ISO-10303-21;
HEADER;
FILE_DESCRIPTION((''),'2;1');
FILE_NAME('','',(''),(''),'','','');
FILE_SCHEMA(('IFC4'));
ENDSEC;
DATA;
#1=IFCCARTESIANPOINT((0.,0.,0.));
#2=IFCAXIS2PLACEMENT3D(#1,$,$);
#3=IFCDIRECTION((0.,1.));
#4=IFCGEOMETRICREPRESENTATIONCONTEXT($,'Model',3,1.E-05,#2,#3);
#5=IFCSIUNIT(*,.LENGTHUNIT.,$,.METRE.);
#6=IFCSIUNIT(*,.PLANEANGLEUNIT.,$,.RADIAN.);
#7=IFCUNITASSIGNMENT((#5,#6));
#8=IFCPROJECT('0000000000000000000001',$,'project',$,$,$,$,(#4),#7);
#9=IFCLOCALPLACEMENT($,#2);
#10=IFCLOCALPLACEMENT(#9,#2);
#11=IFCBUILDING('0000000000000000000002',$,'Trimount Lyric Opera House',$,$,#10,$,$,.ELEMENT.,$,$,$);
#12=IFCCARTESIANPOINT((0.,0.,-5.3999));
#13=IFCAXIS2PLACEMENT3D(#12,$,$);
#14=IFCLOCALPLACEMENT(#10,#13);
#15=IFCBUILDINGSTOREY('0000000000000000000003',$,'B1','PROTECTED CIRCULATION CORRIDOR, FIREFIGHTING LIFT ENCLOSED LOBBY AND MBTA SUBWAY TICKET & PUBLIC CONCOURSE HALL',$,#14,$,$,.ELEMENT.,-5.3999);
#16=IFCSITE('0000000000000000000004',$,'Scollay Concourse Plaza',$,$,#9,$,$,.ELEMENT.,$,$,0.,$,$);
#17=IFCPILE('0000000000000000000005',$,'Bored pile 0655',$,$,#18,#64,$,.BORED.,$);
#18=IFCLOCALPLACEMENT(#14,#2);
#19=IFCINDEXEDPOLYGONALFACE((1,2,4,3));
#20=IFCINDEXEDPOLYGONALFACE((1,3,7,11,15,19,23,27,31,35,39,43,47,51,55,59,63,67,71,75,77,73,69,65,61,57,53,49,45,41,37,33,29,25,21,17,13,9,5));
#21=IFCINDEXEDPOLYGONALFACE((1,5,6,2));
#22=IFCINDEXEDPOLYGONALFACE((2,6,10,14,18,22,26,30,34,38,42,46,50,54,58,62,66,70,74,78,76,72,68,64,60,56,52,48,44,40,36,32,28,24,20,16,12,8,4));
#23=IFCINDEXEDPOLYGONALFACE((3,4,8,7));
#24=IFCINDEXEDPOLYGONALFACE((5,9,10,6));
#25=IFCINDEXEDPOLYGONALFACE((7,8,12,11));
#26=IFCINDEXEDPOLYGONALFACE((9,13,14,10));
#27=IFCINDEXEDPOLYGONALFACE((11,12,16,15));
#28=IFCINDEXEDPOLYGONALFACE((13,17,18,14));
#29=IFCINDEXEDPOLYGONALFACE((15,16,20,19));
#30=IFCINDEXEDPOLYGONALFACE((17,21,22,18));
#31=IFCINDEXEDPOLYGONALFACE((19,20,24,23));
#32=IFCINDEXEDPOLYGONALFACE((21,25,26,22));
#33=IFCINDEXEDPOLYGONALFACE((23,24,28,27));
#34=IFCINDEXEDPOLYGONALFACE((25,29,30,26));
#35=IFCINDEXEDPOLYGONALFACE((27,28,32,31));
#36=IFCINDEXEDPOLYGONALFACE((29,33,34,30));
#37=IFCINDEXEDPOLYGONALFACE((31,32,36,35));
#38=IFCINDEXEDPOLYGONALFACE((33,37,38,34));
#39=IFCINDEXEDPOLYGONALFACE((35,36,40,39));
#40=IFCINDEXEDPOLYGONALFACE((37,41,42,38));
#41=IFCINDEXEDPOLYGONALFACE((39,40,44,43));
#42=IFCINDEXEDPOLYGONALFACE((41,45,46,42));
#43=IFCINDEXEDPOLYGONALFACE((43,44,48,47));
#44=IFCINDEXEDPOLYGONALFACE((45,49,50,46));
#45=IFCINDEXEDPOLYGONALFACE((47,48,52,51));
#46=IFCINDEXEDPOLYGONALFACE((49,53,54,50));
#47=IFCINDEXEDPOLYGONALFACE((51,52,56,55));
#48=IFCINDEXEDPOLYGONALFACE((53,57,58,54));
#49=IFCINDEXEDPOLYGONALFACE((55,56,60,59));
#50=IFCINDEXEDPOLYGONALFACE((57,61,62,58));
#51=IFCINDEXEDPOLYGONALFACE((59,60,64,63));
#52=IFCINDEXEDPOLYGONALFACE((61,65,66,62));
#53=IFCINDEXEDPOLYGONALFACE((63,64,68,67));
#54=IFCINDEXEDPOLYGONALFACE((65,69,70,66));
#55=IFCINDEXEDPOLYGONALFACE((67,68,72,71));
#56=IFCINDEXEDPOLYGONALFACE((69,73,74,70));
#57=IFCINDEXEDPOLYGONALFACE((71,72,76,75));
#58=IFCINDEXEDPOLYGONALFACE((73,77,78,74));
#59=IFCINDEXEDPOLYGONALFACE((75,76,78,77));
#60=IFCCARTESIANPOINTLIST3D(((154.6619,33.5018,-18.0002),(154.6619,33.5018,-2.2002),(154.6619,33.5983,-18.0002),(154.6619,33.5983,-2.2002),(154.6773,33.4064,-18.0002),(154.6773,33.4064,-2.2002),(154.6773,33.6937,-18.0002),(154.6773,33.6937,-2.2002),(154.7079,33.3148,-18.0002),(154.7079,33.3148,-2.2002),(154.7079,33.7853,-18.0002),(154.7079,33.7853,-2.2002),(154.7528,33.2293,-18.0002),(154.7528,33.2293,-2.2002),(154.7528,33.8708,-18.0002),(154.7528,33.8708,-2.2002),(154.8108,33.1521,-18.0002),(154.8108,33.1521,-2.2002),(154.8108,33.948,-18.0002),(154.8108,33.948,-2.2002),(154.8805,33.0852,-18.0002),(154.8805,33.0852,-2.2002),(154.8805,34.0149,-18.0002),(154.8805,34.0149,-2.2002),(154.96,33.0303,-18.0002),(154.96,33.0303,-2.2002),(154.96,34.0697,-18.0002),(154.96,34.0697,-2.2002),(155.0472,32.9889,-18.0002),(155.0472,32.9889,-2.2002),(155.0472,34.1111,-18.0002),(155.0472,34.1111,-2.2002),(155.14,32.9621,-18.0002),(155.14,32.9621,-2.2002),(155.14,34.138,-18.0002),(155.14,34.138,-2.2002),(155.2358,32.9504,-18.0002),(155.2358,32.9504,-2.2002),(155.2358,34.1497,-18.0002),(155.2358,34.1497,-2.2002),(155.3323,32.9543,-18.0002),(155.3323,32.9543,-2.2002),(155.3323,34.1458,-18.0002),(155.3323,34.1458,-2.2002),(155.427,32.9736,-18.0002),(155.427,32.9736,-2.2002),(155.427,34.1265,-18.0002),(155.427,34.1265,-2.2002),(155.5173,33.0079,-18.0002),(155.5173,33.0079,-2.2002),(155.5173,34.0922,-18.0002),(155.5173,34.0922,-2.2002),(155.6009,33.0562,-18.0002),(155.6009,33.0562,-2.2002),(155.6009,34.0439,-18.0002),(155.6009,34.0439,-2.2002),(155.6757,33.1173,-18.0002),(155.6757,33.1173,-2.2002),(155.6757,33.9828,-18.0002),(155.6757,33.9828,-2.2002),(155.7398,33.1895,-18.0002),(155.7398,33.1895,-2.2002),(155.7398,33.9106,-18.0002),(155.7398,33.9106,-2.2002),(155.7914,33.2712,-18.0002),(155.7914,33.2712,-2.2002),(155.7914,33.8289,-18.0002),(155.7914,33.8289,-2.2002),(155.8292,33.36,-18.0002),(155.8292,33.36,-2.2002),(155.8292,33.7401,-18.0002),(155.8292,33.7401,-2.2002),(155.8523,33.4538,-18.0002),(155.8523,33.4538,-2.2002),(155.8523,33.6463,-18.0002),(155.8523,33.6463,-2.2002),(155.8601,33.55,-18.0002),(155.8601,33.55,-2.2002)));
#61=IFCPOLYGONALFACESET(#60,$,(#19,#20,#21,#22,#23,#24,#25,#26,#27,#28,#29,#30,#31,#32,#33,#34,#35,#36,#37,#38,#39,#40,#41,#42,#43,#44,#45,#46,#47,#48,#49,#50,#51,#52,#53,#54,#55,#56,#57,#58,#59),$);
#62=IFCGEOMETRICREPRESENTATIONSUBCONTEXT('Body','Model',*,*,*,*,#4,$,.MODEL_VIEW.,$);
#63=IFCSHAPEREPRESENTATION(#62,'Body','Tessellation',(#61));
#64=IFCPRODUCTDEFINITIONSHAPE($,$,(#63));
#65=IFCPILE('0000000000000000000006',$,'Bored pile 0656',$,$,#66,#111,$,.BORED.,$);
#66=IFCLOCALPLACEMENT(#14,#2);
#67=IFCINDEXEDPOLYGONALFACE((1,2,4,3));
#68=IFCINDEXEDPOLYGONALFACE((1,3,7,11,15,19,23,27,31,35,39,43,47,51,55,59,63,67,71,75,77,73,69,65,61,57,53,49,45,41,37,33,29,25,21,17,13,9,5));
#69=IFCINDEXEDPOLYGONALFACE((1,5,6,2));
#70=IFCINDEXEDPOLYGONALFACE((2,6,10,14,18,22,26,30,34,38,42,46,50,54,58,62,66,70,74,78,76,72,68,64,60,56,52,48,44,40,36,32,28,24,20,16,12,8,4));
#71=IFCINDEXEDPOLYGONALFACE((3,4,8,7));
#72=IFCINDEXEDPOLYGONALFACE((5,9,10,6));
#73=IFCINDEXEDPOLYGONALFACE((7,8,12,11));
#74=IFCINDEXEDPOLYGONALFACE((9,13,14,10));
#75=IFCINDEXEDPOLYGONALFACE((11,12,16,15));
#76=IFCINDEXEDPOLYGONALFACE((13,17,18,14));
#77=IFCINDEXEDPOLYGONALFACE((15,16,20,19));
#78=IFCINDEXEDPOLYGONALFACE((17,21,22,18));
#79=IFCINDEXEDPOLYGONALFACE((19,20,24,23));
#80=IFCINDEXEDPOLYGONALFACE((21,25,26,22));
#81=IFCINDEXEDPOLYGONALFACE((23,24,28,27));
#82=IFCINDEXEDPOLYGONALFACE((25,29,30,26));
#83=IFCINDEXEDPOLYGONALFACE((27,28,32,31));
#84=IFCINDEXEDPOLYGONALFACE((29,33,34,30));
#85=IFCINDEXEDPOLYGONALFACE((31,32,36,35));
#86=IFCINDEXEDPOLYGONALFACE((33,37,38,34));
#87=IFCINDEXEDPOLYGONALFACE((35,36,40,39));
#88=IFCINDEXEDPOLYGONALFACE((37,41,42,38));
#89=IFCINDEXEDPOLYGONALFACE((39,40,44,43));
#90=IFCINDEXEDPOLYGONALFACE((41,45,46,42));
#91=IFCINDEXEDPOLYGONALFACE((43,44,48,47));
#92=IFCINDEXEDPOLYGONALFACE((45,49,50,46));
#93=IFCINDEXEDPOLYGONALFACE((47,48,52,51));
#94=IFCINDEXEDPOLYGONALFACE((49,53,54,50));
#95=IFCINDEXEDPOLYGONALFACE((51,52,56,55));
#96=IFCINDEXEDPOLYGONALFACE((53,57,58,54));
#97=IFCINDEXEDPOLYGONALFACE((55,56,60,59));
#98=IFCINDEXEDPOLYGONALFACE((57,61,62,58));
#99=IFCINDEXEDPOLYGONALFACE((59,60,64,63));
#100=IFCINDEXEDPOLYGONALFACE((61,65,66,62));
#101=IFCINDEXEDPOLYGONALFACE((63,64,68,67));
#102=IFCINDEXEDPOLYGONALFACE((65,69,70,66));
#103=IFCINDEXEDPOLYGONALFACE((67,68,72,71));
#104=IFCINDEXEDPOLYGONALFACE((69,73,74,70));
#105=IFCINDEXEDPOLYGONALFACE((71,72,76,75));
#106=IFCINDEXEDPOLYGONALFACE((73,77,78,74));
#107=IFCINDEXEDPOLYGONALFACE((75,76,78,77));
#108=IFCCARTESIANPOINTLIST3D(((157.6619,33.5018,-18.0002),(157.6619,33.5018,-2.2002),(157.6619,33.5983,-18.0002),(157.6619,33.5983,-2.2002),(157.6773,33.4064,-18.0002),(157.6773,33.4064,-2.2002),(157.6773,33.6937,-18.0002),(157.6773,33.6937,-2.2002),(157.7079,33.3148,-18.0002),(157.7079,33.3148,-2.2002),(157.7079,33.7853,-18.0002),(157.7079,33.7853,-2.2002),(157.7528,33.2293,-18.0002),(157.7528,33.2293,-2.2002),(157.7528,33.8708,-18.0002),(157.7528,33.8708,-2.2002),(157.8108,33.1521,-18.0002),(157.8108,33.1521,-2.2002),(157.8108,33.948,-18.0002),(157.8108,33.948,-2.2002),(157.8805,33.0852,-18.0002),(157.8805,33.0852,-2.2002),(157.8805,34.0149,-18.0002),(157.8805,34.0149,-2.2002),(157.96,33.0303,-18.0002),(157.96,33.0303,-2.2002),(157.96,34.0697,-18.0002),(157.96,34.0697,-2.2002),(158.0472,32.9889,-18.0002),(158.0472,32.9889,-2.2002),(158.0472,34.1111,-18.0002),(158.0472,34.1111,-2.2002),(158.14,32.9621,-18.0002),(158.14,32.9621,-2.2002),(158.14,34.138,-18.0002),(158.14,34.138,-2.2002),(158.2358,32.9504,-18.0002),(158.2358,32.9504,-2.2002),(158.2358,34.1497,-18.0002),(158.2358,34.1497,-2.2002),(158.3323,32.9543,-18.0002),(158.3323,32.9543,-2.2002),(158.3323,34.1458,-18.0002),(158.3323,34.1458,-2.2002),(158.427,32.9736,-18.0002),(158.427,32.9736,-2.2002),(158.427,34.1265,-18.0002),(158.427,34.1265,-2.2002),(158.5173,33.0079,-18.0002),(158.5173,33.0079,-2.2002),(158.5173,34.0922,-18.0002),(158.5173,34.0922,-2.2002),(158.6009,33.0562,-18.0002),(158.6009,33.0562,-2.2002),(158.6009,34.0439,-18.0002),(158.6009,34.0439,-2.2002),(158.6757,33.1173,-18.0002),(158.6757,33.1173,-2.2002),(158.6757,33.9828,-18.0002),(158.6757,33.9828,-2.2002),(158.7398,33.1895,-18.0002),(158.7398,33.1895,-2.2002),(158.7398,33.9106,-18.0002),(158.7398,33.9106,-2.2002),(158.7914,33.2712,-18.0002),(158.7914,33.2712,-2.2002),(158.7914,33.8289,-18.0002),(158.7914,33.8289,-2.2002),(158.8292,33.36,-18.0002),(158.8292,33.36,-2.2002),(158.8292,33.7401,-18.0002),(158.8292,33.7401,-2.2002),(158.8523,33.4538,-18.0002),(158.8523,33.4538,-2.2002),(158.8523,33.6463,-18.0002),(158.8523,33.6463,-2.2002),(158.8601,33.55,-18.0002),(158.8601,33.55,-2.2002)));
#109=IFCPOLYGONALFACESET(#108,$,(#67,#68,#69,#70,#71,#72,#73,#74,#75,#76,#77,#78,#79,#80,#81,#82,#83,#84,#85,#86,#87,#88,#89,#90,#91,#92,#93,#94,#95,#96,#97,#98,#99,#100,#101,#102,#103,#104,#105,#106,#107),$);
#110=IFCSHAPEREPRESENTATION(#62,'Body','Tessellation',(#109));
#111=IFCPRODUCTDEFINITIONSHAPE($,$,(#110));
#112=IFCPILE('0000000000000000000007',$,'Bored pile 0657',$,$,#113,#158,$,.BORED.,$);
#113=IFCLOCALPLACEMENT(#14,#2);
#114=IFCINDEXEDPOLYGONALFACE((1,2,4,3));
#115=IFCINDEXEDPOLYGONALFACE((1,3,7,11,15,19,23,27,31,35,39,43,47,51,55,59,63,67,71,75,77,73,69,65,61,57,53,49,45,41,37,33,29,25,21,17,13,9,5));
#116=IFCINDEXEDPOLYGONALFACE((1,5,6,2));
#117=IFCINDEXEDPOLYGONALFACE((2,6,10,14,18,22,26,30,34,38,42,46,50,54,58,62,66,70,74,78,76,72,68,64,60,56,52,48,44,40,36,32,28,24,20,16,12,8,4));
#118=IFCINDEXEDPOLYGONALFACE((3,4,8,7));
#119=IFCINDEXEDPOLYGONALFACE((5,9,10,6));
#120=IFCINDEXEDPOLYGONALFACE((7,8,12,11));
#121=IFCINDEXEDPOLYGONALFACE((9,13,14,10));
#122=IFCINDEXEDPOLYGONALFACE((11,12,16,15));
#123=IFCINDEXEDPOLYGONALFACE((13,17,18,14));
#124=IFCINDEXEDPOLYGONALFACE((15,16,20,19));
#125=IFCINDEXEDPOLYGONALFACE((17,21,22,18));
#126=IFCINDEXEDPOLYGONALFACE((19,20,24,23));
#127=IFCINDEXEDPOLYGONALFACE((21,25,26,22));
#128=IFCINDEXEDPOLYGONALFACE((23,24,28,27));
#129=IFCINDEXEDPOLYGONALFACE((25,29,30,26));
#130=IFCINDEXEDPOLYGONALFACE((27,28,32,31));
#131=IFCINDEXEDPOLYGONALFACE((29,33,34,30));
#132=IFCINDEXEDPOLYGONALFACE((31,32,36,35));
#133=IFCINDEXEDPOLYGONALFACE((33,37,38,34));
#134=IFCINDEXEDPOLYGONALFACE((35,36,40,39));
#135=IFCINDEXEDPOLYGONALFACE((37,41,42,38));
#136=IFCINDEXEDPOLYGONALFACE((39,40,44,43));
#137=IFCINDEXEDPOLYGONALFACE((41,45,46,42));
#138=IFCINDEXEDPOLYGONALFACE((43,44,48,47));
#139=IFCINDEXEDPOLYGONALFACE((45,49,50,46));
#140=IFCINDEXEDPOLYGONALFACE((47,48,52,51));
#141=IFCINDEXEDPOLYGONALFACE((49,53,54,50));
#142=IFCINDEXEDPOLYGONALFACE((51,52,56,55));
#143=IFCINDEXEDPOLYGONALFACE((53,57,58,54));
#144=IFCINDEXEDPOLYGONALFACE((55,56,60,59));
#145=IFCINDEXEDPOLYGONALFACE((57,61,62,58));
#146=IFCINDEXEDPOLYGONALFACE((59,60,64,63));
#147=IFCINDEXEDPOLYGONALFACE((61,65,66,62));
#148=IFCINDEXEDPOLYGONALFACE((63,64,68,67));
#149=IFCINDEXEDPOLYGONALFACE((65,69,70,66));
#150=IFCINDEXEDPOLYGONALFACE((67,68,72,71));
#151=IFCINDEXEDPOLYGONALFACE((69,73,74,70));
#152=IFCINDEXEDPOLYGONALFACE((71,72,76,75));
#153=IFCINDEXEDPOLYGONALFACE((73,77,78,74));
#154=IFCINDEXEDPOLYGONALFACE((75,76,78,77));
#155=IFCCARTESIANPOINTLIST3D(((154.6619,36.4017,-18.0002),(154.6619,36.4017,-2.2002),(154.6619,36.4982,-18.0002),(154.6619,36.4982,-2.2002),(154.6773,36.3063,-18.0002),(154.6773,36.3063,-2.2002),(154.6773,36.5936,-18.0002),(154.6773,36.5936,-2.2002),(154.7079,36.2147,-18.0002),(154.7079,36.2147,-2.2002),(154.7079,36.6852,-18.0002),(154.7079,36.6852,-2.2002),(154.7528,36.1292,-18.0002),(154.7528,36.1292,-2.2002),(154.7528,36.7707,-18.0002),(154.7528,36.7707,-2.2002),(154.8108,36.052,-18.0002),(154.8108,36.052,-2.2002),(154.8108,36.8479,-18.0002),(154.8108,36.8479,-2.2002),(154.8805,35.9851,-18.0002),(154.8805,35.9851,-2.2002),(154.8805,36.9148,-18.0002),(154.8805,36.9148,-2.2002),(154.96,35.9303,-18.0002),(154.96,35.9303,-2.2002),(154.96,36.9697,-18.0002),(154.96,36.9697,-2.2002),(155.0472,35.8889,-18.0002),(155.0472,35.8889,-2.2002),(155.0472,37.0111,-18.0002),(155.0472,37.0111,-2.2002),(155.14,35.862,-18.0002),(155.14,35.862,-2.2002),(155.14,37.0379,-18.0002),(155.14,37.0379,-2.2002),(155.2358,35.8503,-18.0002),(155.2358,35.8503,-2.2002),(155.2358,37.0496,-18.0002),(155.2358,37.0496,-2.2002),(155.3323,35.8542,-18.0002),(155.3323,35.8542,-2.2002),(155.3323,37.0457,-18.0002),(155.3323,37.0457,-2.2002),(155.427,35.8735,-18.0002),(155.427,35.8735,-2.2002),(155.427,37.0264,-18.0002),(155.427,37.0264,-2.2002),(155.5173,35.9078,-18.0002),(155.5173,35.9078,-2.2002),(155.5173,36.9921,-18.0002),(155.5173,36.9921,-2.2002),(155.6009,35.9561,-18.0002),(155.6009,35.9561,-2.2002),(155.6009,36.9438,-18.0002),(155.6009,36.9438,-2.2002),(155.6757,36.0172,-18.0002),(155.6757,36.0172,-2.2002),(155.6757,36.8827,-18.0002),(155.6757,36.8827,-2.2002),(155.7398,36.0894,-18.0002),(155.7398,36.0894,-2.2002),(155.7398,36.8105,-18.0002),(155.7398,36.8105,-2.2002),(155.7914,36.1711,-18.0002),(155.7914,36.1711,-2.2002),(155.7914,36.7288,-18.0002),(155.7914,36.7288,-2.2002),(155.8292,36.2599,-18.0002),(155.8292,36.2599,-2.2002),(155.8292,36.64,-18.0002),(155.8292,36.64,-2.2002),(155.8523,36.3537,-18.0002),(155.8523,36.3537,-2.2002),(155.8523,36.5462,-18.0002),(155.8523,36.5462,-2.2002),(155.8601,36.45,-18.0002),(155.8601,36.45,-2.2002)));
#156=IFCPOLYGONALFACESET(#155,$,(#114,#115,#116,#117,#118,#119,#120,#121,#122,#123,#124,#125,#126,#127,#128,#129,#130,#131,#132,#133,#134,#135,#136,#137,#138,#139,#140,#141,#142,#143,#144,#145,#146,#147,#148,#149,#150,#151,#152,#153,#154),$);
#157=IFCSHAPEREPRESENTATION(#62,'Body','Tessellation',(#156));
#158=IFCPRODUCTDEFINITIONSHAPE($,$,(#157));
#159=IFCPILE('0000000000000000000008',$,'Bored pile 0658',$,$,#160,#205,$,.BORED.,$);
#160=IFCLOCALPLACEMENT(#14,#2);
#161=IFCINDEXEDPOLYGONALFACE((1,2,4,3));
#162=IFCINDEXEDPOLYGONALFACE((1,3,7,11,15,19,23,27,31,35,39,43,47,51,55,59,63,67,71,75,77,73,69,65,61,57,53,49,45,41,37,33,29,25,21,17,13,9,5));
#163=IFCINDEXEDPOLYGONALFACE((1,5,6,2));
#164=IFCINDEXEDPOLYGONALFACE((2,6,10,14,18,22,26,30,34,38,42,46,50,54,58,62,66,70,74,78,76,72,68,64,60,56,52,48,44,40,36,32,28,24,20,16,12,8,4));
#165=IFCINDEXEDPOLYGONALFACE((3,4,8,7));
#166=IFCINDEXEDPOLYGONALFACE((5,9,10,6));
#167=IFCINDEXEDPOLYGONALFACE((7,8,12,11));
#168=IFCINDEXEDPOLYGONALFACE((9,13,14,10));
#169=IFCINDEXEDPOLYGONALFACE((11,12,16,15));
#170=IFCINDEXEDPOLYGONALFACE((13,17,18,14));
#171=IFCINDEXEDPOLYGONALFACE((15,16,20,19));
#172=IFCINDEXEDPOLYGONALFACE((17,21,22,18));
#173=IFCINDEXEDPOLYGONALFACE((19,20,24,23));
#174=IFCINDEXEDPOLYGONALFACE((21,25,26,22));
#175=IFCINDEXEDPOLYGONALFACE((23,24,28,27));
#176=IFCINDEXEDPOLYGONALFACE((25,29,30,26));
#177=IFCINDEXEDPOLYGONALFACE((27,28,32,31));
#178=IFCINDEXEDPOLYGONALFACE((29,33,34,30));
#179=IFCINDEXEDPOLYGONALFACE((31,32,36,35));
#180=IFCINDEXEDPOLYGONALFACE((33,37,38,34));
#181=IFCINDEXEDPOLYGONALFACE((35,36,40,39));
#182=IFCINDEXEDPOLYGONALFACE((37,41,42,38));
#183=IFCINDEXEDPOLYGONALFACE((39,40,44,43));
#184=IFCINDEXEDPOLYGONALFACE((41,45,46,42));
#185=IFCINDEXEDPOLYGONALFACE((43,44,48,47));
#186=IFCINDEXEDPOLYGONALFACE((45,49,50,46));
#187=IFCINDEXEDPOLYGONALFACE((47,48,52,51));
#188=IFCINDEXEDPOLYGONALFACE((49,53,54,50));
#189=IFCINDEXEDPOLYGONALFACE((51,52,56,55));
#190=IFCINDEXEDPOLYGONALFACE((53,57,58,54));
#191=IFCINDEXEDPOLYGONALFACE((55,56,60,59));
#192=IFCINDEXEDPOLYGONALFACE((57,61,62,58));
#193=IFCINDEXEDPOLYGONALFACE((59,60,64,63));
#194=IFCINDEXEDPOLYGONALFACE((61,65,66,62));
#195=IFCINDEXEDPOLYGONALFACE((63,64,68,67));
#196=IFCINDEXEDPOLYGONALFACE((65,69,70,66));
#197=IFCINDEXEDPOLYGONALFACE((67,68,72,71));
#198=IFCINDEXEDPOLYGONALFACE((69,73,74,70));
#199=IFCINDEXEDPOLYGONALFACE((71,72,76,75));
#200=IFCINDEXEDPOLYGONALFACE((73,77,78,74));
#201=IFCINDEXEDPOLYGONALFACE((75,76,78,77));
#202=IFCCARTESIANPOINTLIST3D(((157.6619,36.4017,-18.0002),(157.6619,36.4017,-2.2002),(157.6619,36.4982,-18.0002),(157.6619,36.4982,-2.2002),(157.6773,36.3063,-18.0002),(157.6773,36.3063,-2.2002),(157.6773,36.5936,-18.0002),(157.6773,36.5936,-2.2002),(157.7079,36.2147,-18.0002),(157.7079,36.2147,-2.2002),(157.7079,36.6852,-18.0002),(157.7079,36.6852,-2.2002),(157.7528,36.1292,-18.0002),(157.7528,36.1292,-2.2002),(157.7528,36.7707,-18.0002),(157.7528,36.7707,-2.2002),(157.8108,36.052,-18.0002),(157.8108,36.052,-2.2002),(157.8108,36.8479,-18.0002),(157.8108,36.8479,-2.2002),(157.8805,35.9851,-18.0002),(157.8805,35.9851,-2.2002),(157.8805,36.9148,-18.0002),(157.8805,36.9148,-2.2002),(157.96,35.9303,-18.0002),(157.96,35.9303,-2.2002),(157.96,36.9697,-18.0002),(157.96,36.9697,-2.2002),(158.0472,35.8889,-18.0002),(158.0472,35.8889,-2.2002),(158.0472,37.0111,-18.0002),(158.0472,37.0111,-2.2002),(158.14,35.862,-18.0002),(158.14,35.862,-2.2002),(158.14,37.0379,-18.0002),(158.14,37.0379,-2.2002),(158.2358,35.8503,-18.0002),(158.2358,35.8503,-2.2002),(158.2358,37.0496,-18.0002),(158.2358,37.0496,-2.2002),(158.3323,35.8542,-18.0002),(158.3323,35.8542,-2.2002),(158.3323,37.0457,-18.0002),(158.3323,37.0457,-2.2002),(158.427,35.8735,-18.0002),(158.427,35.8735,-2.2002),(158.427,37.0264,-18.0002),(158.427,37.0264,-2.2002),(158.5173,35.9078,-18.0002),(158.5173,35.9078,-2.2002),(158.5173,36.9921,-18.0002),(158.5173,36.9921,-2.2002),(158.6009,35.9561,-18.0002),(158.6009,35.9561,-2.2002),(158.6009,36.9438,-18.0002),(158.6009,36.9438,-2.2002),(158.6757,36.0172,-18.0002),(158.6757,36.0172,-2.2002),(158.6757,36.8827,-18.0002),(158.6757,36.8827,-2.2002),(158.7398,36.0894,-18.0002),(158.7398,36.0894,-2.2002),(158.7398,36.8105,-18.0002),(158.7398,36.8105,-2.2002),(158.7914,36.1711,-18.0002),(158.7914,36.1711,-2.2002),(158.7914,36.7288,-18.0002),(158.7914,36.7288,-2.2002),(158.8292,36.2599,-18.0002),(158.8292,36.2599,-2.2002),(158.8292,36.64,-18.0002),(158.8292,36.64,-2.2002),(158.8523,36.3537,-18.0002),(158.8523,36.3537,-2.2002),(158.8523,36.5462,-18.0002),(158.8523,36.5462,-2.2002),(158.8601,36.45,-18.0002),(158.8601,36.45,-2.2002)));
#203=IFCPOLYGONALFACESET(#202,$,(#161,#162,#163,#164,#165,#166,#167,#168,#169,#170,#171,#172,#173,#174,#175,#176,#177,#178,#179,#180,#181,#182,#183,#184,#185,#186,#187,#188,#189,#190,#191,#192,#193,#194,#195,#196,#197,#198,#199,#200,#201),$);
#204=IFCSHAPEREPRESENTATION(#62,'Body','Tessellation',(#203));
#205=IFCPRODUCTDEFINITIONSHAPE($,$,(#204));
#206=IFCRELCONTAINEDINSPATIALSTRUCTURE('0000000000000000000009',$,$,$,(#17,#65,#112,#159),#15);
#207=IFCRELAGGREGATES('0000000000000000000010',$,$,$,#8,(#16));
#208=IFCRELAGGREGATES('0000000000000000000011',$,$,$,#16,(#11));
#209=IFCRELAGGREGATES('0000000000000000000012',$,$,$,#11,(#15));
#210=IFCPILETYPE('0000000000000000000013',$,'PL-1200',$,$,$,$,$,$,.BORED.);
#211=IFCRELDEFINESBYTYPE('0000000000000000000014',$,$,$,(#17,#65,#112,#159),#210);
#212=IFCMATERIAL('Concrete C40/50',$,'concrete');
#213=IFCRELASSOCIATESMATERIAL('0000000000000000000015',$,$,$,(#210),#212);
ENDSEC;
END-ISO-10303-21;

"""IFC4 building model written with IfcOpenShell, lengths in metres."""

from ifc_helpers import new_model, si_unit, direction, frame, origin, origin_2d, place, context, subcontext, project, spatial, circle, extrude, material, material_profile, profile_set, type_object, element, save


model = new_model("IFC4")

# Units and contexts
model_context = context("Model", 3, precision=1e-05, world=origin(), true_north=direction((0.0, 1.0)))
body_context = subcontext(model_context, "Body", "Model", "MODEL_VIEW")
ifc_project = project(units=[si_unit("LENGTHUNIT", "METRE"), si_unit("PLANEANGLEUNIT", "RADIAN")], contexts=[model_context])

# Site, building, storey
site_placement = place(None, origin())
site = spatial("IfcSite", under=ifc_project, at=site_placement, Name="Scollay Concourse Plaza", CompositionType="ELEMENT", RefElevation=0.0)
building_placement = place(site_placement, origin())
building = spatial("IfcBuilding", under=site, at=building_placement, Name="Trimount Lyric Opera House", CompositionType="ELEMENT")
storey_placement = place(building_placement, frame((0.0, 0.0, -5.3999)))
storey = spatial("IfcBuildingStorey", under=building, at=storey_placement, Name="B1", Description="PROTECTED CIRCULATION CORRIDOR, FIREFIGHTING LIFT ENCLOSED LOBBY AND MBTA SUBWAY TICKET & PUBLIC CONCOURSE HALL", CompositionType="ELEMENT", Elevation=-5.3999)

# Piles
ifc_material_1 = material(Name="Concrete C40/50", Category="concrete")
ifc_material_profile_1 = material_profile(ifc_material_1, circle(Radius=0.6001, at=origin_2d()), Name="PILE-D1200")
ifc_profile_set_1 = profile_set([ifc_material_profile_1], Name="Concrete C40/50")
pile_type_1 = type_object("IfcPileType", Name="PL-1200", PredefinedType="BORED", material=ifc_profile_set_1)
for number, where, z_axis, x_axis, name in (
    (1, (155.26, 33.55, -2.2002), (0.0, 0.0, -1.0), (1.0, 0.0, 0.0), "Bored pile 0655"),
    (2, (158.26, 33.55, -2.2002), (0.0, 0.0, -1.0), (1.0, 0.0, 0.0), "Bored pile 0656"),
    (3, (155.26, 36.45, -2.2002), (0.0, 0.0, -1.0), (1.0, 0.0, 0.0), "Bored pile 0657"),
    (4, (158.26, 36.45, -2.2002), (0.0, 0.0, -1.0), (1.0, 0.0, 0.0), "Bored pile 0658"),
):
    element("IfcPile", number, at=place(storey_placement, frame(where, z_axis=z_axis, x_axis=x_axis)), inside=storey, type_object=pile_type_1, Name=name, PredefinedType="BORED", context=body_context, shape_type="SweptSolid", body=[
        extrude(circle(Radius=0.6001, at=origin_2d()), origin(), (0.0, 0.0, 1.0), 15.8),
    ])

save(model, "model.ifc")
